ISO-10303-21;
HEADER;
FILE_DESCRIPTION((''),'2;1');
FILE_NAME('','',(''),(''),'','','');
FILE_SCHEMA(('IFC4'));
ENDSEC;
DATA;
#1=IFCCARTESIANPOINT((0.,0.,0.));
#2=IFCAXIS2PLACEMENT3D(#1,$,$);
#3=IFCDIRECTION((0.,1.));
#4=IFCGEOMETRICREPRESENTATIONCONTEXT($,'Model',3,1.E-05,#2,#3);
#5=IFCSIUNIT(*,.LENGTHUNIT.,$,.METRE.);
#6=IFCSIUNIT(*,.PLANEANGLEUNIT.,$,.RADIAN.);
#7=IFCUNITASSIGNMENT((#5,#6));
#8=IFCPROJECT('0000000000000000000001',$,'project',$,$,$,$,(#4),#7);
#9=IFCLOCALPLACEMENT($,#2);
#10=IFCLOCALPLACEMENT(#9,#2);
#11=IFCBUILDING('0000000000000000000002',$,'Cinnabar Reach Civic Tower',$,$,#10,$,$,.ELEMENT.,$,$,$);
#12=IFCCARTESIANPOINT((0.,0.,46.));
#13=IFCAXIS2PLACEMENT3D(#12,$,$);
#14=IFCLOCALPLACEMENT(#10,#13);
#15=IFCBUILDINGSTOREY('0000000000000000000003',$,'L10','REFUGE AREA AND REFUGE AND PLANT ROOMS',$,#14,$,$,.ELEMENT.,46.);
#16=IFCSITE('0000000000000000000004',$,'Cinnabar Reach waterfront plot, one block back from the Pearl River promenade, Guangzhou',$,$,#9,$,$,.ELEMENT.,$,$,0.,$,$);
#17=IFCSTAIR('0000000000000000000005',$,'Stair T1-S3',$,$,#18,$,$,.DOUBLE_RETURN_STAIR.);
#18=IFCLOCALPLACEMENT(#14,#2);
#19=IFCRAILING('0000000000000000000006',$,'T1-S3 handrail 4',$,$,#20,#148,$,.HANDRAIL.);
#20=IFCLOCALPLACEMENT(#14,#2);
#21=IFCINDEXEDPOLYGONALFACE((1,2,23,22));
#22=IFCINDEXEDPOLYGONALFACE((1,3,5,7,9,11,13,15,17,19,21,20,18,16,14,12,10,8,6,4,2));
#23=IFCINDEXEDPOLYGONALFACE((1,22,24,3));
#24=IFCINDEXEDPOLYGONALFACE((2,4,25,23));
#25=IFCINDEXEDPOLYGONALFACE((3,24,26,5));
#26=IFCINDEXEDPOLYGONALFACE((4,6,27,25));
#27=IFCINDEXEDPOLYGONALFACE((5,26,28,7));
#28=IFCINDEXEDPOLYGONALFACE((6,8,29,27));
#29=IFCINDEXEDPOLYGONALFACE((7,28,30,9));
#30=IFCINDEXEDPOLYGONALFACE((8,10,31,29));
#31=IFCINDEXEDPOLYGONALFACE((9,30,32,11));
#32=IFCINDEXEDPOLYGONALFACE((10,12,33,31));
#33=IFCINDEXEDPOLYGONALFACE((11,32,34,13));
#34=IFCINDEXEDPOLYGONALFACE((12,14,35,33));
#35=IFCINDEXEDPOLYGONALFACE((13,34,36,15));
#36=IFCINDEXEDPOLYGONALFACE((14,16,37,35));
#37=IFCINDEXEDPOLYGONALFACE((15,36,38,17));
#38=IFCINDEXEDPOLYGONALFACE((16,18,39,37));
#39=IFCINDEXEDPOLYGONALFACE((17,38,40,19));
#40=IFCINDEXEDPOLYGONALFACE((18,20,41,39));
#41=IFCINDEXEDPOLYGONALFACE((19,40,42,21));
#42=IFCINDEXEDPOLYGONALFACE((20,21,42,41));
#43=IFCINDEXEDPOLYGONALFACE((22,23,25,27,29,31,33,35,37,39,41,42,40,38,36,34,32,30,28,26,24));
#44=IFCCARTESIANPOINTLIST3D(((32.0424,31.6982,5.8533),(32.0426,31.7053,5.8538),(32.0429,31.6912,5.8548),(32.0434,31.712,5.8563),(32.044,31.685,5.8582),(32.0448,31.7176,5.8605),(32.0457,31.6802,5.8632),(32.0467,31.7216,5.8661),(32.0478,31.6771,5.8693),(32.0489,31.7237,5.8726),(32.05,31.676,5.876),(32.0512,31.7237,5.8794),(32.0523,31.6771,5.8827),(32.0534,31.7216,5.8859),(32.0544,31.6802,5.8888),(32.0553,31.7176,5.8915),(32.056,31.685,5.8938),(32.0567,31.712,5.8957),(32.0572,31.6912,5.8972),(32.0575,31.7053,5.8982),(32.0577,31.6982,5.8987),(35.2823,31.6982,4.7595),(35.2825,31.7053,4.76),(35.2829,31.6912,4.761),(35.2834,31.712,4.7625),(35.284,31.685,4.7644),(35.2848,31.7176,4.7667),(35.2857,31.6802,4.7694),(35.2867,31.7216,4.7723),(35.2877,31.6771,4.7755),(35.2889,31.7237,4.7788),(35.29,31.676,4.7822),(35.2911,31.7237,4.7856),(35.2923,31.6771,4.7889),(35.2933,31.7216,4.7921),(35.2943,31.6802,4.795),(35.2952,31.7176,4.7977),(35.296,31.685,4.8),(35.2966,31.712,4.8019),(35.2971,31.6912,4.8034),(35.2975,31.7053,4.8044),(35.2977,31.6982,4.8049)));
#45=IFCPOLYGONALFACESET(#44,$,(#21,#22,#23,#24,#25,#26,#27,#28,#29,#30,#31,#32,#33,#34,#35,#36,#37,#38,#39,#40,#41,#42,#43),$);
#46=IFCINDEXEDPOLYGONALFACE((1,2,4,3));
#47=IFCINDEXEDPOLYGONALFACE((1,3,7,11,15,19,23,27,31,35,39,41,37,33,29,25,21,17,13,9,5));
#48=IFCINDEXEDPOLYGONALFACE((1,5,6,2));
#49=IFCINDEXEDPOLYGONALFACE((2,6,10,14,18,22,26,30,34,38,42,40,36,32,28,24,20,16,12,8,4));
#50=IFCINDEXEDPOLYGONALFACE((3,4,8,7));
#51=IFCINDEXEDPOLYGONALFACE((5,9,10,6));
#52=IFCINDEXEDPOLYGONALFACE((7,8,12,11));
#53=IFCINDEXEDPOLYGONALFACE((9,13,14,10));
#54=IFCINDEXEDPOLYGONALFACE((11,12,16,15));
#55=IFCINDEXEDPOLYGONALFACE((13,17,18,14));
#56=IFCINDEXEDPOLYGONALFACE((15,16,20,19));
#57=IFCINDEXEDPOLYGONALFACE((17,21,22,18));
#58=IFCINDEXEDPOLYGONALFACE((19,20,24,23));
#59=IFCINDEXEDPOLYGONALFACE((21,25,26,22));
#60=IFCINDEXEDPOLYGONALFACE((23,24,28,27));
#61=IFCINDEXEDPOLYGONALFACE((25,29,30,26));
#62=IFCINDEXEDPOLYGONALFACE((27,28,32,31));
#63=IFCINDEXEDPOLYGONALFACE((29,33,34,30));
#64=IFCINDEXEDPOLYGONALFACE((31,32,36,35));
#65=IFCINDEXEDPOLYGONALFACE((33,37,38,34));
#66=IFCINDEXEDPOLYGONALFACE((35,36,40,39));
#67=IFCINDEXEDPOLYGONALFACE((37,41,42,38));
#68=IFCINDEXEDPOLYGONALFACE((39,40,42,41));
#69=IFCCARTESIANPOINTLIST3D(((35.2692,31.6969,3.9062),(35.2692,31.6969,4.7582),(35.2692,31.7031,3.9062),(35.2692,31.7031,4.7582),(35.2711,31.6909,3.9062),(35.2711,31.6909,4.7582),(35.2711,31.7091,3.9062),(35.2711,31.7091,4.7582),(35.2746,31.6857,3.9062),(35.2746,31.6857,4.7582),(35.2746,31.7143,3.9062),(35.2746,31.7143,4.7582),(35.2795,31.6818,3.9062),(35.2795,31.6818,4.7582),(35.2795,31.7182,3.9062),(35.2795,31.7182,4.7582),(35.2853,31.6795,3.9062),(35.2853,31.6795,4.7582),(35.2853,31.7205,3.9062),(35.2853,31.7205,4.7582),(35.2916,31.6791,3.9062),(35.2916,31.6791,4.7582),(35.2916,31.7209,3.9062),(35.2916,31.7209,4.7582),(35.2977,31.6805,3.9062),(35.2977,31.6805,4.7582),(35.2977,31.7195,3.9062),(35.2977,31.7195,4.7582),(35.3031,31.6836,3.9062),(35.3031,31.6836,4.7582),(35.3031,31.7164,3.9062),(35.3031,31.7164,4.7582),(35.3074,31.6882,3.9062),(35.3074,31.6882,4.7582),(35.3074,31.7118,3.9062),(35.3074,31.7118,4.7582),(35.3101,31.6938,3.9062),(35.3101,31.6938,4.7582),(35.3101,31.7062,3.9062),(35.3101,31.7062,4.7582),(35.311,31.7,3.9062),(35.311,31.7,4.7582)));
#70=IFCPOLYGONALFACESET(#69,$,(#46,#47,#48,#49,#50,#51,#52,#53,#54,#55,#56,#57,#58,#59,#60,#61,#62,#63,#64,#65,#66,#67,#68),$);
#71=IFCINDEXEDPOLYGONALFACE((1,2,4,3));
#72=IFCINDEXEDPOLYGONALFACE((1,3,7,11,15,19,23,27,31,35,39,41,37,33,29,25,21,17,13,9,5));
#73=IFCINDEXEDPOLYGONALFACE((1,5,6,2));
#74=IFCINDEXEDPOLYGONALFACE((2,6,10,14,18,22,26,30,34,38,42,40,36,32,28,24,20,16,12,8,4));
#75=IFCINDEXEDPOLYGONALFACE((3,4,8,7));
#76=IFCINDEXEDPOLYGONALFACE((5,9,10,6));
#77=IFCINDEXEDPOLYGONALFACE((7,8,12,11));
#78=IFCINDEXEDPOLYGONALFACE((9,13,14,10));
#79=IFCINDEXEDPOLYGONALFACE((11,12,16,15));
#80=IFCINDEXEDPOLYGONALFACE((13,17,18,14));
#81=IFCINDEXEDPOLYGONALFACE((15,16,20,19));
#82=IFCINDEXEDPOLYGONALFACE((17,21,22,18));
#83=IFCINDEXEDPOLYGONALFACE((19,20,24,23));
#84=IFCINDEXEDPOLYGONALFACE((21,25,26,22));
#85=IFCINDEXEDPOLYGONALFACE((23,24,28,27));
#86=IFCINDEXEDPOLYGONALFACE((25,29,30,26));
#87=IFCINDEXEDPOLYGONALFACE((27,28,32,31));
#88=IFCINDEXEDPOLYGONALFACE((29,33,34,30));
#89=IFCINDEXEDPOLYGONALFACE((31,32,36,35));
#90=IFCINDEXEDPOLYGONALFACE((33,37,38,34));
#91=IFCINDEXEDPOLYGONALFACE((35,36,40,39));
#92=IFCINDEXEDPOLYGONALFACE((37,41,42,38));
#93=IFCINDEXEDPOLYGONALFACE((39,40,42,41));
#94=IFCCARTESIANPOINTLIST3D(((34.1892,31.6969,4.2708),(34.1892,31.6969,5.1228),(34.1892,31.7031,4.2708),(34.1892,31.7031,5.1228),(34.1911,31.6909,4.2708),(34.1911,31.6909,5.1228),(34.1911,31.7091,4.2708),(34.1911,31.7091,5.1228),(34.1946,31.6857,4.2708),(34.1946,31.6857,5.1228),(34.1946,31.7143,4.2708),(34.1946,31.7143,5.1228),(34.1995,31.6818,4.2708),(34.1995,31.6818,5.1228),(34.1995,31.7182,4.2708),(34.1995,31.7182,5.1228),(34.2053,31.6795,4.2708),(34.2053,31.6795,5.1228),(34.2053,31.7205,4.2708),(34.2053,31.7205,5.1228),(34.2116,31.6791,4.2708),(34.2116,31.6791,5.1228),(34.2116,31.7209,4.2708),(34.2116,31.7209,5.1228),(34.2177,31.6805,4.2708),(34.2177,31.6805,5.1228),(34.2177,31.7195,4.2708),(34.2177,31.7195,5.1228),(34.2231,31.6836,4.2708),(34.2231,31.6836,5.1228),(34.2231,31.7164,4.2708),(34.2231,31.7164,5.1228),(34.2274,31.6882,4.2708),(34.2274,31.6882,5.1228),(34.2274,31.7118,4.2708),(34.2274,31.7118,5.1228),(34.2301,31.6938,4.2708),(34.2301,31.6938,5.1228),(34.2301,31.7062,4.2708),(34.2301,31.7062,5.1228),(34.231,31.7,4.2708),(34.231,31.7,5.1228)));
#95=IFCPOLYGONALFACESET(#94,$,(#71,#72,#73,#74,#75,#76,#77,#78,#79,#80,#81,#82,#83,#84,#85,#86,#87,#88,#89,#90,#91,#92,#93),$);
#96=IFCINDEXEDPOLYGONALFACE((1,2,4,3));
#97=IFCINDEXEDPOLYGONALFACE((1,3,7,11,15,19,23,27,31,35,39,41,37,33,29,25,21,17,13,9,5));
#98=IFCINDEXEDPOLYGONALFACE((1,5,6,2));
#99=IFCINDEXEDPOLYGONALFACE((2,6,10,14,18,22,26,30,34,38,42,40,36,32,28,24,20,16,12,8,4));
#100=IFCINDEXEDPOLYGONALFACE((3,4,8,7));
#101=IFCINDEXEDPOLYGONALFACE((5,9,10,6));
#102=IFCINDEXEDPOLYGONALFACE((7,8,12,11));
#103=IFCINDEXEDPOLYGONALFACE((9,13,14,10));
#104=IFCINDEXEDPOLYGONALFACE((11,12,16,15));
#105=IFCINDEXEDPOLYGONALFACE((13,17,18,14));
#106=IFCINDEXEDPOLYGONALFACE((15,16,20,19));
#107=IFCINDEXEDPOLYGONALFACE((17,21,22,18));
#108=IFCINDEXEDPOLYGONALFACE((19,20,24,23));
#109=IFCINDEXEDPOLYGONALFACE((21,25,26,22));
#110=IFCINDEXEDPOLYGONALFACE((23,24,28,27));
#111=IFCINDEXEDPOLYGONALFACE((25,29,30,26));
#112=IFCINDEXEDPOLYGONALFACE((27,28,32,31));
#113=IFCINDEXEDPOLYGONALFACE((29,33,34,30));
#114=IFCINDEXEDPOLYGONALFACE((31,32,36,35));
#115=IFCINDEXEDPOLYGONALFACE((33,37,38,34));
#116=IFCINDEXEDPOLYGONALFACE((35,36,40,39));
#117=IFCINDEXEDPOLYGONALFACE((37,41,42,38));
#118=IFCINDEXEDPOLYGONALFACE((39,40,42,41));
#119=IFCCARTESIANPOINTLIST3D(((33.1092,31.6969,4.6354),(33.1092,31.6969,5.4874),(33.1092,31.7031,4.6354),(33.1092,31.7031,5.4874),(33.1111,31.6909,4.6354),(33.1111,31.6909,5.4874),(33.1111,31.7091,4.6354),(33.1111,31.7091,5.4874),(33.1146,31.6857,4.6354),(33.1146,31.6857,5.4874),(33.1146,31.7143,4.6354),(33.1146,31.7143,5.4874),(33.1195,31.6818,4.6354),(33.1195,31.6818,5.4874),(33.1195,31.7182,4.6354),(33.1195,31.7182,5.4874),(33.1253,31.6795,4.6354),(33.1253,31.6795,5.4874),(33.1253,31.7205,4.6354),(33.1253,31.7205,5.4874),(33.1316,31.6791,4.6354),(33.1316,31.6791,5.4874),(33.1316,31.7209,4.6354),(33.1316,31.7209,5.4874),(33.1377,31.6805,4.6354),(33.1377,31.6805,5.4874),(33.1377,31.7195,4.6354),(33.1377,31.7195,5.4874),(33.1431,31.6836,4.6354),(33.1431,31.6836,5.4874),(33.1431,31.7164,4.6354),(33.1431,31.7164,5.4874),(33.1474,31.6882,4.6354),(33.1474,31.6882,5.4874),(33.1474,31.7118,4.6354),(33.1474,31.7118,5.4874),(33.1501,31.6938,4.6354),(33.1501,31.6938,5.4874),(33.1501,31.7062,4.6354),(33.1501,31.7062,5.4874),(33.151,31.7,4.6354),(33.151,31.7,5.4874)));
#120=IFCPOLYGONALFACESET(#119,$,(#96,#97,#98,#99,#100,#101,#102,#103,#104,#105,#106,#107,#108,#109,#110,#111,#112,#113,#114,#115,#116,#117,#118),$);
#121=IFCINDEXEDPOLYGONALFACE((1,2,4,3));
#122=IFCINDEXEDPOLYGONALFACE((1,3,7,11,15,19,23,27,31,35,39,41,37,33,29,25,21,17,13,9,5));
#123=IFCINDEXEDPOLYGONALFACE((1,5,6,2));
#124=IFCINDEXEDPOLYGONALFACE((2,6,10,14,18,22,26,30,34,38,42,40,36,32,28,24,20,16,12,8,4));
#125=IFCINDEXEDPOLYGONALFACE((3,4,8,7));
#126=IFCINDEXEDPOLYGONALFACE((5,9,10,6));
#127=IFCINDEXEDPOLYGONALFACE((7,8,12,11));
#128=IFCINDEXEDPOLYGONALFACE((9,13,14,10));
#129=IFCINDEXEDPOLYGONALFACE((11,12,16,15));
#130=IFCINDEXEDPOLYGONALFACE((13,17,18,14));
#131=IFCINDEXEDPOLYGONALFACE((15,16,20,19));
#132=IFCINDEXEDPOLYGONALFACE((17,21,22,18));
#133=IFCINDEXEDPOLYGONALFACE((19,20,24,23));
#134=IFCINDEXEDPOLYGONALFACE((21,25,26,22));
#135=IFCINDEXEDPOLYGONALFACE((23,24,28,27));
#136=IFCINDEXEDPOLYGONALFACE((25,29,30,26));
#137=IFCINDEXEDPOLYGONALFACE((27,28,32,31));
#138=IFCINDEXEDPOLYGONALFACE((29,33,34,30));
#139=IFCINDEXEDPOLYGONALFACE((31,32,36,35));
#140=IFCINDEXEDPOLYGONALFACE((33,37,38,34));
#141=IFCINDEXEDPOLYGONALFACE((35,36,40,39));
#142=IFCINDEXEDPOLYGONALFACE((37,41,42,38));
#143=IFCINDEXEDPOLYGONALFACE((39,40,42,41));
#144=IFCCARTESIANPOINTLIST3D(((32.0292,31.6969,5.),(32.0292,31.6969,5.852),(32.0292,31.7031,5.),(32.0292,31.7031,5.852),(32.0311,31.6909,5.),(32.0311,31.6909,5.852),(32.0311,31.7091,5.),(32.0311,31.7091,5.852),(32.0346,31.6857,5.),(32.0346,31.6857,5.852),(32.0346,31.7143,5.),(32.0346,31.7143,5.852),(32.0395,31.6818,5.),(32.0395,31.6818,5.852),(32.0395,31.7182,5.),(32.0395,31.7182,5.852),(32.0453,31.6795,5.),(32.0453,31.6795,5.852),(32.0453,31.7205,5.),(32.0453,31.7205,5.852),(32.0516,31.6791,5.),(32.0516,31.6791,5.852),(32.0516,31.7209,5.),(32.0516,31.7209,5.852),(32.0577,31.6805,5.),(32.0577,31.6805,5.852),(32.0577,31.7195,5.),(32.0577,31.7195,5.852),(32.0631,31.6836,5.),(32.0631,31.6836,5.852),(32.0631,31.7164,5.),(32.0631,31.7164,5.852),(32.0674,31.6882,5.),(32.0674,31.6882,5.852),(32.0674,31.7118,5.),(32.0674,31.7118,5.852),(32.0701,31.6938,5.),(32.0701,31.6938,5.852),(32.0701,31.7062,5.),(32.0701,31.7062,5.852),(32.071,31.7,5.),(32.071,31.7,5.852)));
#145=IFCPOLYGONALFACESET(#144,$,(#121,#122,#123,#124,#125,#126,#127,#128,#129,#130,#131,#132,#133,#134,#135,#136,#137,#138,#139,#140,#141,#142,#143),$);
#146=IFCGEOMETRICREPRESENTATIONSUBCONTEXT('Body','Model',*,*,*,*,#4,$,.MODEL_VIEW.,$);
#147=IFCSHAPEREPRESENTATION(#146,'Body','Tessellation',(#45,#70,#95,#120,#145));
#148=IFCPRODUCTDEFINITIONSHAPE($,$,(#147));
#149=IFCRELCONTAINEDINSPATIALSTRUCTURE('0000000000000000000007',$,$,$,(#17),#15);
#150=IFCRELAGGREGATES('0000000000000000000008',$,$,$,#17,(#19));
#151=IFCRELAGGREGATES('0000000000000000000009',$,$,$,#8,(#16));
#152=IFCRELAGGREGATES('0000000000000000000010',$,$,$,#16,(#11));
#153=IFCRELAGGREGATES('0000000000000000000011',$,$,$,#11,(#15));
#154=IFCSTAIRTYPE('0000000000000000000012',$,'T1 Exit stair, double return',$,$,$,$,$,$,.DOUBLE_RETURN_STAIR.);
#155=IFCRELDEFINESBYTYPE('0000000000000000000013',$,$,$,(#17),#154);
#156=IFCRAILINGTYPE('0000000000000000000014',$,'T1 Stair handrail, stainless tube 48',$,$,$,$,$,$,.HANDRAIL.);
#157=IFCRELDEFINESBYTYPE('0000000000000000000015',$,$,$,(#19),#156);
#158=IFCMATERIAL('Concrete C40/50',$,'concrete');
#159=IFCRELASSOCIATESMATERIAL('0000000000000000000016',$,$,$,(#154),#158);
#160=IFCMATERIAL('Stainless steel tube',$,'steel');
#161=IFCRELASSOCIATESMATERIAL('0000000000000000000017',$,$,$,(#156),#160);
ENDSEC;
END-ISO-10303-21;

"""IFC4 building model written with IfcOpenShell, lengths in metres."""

from ifc_helpers import new_model, si_unit, direction, frame, origin, origin_2d, place, context, subcontext, project, spatial, circle, extrude, material, type_object, element, aggregate, save


model = new_model("IFC4")

# Units and contexts
model_context = context("Model", 3, precision=1e-05, world=origin(), true_north=direction((0.0, 1.0)))
body_context = subcontext(model_context, "Body", "Model", "MODEL_VIEW")
ifc_project = project(units=[si_unit("LENGTHUNIT", "METRE"), si_unit("PLANEANGLEUNIT", "RADIAN")], contexts=[model_context])

# Site, building, storey
site_placement = place(None, origin())
site = spatial("IfcSite", under=ifc_project, at=site_placement, Name="Cinnabar Reach waterfront plot, one block back from the Pearl River promenade, Guangzhou", CompositionType="ELEMENT", RefElevation=0.0)
building_placement = place(site_placement, origin())
building = spatial("IfcBuilding", under=site, at=building_placement, Name="Cinnabar Reach Civic Tower", CompositionType="ELEMENT")
storey_placement = place(building_placement, frame((0.0, 0.0, 46.0)))
storey = spatial("IfcBuildingStorey", under=building, at=storey_placement, Name="L10", Description="REFUGE AREA AND REFUGE AND PLANT ROOMS", CompositionType="ELEMENT", Elevation=46.0)

# Stair, railing
ifc_material_1 = material(Name="Concrete C40/50", Category="concrete")
stair_type = type_object("IfcStairType", Name="T1 Exit stair, double return", PredefinedType="DOUBLE_RETURN_STAIR", material=ifc_material_1)
stair_placement = place(storey_placement, origin())
stair = element("IfcStair", 1, at=stair_placement, inside=storey, type_object=stair_type, Name="Stair T1-S3", PredefinedType="DOUBLE_RETURN_STAIR")
ifc_material_2 = material(Name="Stainless steel tube", Category="steel")
railing_type = type_object("IfcRailingType", Name="T1 Stair handrail, stainless tube 48", PredefinedType="HANDRAIL", material=ifc_material_2)
railing_1_placement = place(storey_placement, frame((35.29, 31.7, 3.9062)))
railing_1 = element("IfcRailing", 2, at=railing_1_placement, type_object=railing_type, Name="T1-S3 handrail 4", PredefinedType="HANDRAIL", context=body_context, shape_type="SweptSolid", body=[
    extrude(circle(Radius=0.024, at=origin_2d()), frame((0.0, 0.0, 0.876), z_axis=(-0.947466, 0.0, 0.319857), x_axis=(0.0, -1.0, 0.0)), (0.0, 0.0, 1.0), 3.4196),
    extrude(circle(Radius=0.021, at=origin_2d()), origin(), (0.0, 0.0, 1.0), 0.852),
    extrude(circle(Radius=0.021, at=origin_2d()), frame((-1.08, 0.0, 0.3646)), (0.0, 0.0, 1.0), 0.852),
    extrude(circle(Radius=0.021, at=origin_2d()), frame((-2.16, 0.0, 0.7292)), (0.0, 0.0, 1.0), 0.852),
    extrude(circle(Radius=0.021, at=origin_2d()), frame((-3.24, 0.0, 1.0938)), (0.0, 0.0, 1.0), 0.852),
])
aggregate(stair, [railing_1])

save(model, "model.ifc")
